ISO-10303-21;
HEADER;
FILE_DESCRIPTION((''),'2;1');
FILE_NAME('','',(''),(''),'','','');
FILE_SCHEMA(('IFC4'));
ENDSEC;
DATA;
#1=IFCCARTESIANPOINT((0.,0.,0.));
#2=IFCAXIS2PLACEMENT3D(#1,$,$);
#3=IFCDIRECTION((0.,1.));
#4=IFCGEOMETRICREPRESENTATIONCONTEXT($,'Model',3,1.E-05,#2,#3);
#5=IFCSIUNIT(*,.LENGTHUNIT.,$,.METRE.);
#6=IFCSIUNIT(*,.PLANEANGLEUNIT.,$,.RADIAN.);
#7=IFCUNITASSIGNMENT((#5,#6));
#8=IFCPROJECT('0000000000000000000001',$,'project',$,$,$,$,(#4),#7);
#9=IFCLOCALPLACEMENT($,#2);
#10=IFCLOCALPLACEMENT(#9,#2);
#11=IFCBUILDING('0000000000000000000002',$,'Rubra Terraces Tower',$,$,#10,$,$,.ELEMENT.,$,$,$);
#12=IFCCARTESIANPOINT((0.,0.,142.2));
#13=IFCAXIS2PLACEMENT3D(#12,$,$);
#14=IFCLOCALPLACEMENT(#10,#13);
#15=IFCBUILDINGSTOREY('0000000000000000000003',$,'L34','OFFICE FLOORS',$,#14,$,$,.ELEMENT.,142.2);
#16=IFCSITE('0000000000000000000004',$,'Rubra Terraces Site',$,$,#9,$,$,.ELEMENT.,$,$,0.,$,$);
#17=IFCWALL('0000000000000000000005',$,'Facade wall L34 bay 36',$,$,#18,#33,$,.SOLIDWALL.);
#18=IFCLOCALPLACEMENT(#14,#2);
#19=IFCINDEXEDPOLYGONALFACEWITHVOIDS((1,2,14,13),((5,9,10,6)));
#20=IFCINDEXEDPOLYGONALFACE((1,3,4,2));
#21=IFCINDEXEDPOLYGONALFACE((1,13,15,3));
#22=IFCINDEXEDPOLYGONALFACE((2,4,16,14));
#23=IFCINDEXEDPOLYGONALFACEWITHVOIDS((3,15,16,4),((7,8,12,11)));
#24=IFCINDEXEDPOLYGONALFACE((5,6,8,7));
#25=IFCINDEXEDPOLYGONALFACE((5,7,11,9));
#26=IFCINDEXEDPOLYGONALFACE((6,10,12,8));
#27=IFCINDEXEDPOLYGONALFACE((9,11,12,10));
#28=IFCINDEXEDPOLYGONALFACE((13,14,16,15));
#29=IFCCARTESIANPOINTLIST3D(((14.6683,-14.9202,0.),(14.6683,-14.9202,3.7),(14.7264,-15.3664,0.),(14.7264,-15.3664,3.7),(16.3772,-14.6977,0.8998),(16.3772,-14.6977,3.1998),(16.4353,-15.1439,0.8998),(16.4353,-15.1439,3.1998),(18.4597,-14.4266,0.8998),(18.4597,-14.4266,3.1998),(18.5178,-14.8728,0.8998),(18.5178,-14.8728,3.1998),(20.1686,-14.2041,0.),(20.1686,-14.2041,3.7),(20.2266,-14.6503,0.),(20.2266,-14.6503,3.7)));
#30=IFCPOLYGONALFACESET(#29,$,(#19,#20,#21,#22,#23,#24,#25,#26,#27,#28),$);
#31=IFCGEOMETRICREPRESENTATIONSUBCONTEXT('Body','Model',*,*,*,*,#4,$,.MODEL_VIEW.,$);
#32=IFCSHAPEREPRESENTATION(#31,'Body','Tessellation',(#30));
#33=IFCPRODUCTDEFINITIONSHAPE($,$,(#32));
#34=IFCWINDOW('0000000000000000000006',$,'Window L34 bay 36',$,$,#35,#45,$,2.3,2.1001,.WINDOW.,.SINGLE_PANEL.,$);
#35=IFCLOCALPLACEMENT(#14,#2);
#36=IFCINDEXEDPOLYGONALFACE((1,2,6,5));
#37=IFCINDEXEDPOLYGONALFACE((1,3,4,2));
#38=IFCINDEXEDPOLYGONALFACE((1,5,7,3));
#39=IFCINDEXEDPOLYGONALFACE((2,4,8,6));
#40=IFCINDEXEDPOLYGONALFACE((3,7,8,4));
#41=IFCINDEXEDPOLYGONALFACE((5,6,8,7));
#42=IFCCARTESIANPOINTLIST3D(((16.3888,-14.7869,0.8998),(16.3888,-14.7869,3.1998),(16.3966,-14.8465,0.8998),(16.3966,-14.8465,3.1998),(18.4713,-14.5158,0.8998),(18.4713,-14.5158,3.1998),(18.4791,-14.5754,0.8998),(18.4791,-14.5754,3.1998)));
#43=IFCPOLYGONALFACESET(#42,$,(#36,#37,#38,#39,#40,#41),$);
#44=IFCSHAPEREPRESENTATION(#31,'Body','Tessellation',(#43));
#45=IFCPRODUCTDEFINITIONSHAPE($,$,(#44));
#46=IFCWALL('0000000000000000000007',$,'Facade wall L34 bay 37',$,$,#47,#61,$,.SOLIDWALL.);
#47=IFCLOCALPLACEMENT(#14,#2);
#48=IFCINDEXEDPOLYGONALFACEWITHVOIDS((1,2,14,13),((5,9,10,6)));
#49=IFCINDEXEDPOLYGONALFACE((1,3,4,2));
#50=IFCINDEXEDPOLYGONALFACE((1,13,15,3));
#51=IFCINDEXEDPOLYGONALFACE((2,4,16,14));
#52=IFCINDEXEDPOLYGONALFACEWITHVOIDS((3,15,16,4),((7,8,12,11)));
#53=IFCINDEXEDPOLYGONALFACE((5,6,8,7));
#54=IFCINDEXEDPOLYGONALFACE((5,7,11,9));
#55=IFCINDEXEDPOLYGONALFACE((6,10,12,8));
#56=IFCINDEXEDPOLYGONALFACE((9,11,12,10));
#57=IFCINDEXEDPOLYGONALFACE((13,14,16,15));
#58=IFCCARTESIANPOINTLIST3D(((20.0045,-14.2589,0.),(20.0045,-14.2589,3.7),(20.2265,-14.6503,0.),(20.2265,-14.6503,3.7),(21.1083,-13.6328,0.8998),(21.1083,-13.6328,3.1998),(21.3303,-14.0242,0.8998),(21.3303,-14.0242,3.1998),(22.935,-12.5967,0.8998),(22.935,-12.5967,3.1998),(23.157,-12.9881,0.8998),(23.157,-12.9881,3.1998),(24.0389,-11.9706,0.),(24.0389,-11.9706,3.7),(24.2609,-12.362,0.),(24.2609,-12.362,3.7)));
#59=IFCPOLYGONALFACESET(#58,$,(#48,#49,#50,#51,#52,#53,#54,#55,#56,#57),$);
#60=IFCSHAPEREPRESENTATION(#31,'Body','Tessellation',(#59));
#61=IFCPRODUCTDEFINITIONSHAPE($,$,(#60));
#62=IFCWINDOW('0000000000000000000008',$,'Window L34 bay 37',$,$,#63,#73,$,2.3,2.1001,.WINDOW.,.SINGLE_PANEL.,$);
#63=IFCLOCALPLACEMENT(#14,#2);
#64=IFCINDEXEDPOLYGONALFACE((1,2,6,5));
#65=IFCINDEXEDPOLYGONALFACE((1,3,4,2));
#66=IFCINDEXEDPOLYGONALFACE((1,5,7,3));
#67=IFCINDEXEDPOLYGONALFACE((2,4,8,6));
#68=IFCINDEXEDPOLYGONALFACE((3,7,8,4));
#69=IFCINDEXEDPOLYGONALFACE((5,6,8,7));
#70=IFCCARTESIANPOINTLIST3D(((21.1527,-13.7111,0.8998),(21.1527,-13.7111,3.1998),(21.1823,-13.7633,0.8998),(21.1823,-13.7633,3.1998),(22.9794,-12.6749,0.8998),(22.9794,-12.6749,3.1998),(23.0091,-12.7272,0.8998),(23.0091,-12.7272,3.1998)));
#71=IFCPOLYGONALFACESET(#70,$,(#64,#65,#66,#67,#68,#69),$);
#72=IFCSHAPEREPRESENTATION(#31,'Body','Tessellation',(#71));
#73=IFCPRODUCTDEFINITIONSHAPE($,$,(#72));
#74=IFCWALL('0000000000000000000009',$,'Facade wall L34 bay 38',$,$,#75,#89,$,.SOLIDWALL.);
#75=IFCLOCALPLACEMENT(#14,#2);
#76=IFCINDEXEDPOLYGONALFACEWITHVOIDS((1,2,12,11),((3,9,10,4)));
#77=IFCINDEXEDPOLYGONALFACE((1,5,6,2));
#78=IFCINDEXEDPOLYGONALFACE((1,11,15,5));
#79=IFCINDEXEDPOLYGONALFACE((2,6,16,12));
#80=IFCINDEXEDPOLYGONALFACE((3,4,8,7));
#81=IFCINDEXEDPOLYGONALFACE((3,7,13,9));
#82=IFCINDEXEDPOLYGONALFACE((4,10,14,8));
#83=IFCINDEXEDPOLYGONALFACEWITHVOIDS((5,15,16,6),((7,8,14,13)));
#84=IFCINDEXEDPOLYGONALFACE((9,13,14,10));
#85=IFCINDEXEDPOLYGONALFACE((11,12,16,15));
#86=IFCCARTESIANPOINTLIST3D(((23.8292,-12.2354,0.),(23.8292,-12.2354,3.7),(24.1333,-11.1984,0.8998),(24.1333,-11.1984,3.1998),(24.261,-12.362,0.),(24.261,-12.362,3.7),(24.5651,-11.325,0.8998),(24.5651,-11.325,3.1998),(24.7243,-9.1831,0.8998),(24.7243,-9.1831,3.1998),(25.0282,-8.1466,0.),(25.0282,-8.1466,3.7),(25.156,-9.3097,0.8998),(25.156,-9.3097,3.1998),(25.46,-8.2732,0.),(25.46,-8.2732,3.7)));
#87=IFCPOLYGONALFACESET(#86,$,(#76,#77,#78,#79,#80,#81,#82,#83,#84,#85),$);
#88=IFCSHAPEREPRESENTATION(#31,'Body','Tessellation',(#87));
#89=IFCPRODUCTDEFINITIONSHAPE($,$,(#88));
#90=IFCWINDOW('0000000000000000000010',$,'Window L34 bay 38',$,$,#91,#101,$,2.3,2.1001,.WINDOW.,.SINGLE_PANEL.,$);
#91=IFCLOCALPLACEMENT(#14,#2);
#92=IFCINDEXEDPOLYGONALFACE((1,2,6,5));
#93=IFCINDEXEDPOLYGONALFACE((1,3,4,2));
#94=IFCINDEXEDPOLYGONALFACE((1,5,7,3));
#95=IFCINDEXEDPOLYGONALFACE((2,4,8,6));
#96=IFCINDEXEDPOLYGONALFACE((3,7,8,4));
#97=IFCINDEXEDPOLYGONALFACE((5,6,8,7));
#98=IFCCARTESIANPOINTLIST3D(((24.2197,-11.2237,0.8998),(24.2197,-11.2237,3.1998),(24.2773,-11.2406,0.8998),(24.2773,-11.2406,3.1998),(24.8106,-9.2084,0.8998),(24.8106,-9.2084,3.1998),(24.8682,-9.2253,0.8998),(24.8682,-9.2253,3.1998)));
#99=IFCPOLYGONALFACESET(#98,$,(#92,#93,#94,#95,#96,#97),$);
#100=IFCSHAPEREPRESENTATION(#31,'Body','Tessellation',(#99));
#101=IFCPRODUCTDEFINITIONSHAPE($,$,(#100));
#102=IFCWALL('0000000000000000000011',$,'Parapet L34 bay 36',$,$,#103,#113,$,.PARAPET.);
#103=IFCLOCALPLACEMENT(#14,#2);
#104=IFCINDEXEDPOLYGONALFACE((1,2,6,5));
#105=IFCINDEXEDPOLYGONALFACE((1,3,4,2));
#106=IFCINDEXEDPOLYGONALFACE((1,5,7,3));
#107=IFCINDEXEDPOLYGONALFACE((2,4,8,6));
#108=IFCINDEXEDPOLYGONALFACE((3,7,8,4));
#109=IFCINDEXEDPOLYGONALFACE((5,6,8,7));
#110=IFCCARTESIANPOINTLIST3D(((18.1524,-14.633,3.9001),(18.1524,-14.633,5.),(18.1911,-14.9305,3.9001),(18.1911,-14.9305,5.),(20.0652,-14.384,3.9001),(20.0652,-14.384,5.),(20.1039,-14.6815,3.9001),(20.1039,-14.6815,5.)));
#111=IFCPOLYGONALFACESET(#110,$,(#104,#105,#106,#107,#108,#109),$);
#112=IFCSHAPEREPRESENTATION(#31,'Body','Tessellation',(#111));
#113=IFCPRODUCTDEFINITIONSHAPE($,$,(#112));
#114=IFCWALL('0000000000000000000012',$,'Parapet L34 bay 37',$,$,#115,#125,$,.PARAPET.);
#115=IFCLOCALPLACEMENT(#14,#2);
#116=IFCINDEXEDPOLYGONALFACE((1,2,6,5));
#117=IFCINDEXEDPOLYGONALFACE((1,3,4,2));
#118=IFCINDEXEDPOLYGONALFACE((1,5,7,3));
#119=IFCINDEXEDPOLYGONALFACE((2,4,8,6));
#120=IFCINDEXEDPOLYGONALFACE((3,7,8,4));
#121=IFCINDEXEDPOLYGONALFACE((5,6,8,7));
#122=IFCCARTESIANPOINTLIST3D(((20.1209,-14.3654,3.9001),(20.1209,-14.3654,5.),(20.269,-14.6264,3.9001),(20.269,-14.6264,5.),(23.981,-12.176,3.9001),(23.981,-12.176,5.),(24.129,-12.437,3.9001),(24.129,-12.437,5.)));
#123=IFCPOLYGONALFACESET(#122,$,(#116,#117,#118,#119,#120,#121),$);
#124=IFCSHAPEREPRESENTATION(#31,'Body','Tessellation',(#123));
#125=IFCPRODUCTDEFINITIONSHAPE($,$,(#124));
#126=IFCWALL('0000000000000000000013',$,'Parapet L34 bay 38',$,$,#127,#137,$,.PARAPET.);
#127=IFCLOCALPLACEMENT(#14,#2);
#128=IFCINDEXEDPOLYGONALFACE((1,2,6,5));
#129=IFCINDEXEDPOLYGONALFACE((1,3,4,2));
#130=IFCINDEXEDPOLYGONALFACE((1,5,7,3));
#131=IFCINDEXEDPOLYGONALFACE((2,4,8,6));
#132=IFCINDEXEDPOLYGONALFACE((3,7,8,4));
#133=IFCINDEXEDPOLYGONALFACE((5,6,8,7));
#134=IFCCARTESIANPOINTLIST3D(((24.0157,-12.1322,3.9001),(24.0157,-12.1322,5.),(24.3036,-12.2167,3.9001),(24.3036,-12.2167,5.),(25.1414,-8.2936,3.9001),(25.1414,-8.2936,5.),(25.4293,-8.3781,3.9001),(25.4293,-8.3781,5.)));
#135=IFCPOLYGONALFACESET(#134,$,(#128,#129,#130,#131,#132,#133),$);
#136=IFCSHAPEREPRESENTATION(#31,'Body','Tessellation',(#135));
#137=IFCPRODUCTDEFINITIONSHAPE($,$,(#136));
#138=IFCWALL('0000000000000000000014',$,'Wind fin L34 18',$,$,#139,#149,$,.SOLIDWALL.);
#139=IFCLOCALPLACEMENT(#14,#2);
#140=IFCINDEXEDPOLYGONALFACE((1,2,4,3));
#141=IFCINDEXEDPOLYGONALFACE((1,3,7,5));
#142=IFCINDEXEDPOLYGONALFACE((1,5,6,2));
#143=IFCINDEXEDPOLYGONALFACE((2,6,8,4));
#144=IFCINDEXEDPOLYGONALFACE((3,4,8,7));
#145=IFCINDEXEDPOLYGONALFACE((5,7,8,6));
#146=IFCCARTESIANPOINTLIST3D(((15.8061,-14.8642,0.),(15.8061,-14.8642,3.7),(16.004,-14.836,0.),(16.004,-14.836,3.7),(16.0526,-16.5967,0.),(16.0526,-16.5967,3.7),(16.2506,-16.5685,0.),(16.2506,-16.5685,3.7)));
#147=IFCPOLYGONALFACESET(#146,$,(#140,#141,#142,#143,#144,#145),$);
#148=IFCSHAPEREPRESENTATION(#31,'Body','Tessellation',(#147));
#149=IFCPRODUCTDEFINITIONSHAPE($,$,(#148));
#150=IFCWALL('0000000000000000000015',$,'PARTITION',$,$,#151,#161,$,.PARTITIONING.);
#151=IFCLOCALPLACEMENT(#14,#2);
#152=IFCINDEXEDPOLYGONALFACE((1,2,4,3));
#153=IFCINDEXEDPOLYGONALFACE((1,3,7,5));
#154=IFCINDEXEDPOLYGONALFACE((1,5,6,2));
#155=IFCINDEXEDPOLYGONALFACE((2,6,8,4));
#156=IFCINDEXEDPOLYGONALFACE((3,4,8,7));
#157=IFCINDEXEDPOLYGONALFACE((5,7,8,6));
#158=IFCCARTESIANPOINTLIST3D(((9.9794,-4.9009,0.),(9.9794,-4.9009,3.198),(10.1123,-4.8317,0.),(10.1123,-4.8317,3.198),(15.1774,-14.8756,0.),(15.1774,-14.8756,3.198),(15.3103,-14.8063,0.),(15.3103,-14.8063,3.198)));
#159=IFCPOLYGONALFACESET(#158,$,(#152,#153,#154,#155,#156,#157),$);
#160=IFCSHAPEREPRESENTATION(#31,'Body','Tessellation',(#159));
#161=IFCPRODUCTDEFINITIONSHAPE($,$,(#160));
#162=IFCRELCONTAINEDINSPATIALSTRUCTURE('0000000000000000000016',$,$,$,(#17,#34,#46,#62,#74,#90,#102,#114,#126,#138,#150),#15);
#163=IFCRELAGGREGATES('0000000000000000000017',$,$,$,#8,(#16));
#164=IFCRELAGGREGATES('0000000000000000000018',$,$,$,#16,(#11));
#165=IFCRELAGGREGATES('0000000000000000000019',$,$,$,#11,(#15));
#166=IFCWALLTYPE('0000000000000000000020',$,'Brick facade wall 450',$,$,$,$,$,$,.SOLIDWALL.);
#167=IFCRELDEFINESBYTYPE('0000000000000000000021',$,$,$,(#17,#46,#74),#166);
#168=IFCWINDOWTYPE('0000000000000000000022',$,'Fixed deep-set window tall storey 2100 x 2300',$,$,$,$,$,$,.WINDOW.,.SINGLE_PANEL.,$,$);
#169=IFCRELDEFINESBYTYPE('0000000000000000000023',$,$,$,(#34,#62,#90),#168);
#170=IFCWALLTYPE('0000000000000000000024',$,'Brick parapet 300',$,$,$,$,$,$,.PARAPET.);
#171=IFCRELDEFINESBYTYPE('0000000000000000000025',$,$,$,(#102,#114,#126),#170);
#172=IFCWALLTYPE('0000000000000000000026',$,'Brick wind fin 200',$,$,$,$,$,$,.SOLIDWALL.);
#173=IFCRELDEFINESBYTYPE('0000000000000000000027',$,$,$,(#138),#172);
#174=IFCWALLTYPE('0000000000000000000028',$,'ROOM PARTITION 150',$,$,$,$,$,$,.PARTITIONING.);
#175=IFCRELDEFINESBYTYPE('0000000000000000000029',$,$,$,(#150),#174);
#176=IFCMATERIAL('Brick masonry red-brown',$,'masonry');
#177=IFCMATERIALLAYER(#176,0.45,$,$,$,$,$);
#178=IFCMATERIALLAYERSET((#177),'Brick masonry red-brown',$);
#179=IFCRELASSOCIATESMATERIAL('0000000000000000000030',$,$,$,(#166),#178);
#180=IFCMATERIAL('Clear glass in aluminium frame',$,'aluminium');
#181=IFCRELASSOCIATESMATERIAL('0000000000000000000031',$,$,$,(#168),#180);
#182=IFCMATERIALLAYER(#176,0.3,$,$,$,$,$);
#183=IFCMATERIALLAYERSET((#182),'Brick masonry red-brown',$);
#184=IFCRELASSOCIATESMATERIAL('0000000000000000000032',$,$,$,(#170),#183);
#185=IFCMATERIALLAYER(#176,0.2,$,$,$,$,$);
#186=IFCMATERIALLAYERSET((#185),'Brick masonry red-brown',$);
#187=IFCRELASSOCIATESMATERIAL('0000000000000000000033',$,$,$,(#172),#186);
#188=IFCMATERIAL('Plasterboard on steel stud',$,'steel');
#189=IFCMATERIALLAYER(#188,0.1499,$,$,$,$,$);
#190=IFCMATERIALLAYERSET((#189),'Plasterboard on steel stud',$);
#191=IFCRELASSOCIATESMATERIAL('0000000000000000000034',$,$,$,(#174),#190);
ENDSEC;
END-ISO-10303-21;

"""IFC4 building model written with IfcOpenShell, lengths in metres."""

from ifc_helpers import new_model, si_unit, direction, frame, frame_2d, origin, place, context, subcontext, project, spatial, rectangle, extrude, material, layer, layer_set, type_object, element, fill, save


model = new_model("IFC4")

# Units and contexts
model_context = context("Model", 3, precision=1e-05, world=origin(), true_north=direction((0.0, 1.0)))
body_context = subcontext(model_context, "Body", "Model", "MODEL_VIEW")
ifc_project = project(units=[si_unit("LENGTHUNIT", "METRE"), si_unit("PLANEANGLEUNIT", "RADIAN")], contexts=[model_context])

# Site, building, storey
site_placement = place(None, origin())
site = spatial("IfcSite", under=ifc_project, at=site_placement, Name="Rubra Terraces Site", CompositionType="ELEMENT", RefElevation=0.0)
building_placement = place(site_placement, origin())
building = spatial("IfcBuilding", under=site, at=building_placement, Name="Rubra Terraces Tower", CompositionType="ELEMENT")
storey_placement = place(building_placement, frame((0.0, 0.0, 142.2)))
storey = spatial("IfcBuildingStorey", under=building, at=storey_placement, Name="L34", Description="OFFICE FLOORS", CompositionType="ELEMENT", Elevation=142.2)

# Walls, openings, windows
ifc_material_1 = material(Name="Brick masonry red-brown", Category="masonry")
ifc_layer_1 = layer(ifc_material_1, 0.45)
ifc_layer_set_1 = layer_set([ifc_layer_1], Name="Brick masonry red-brown")
wall_type_1 = type_object("IfcWallType", Name="Brick facade wall 450", PredefinedType="SOLIDWALL", material=ifc_layer_set_1)
ifc_material_2 = material(Name="Clear glass in aluminium frame", Category="aluminium")
window_type = type_object("IfcWindowType", Name="Fixed deep-set window tall storey 2100 x 2300", PartitioningType="SINGLE_PANEL", PredefinedType="WINDOW", material=ifc_material_2)
wall_1_placement = place(storey_placement, frame((14.6973, -15.1433, 0.0), z_axis=(0.0, 0.0, 1.0), x_axis=(0.991632, 0.129098, 0.0)))
wall_1 = element("IfcWall", 1, at=wall_1_placement, inside=storey, type_object=wall_type_1, Name="Facade wall L34 bay 36", PredefinedType="SOLIDWALL", context=body_context, shape_type="SweptSolid", body=[
    extrude(rectangle(XDim=5.5466, YDim=0.45, at=frame_2d((2.7734, 0.0))), origin(), (0.0, 0.0, 1.0), 3.7),
])
opening_1_placement = place(wall_1_placement, frame((1.7234, 0.0, 0.8999)))
opening_1 = element("IfcOpeningElement", 2, at=opening_1_placement, cuts=wall_1, PredefinedType="OPENING", context=body_context, shape_type="SweptSolid", body=[
    extrude(rectangle(XDim=2.1001, YDim=2.3, at=frame_2d((1.05, 1.1499))), frame((0.0, 0.2349, 0.0), z_axis=(0.0, -1.0, 0.0), x_axis=(1.0, 0.0, 0.0)), (0.0, 0.0, 1.0), 0.47),
])
window_1_placement = place(opening_1_placement, origin())
window_1 = element("IfcWindow", 3, at=window_1_placement, inside=storey, type_object=window_type, Name="Window L34 bay 36", OverallHeight=2.3, OverallWidth=2.1001, PartitioningType="SINGLE_PANEL", PredefinedType="WINDOW", context=body_context, shape_type="SweptSolid", body=[
    extrude(rectangle(XDim=2.1001, YDim=2.3, at=frame_2d((1.05, 1.1499))), frame((0.0, 0.135, 0.0), z_axis=(0.0, -1.0, 0.0), x_axis=(1.0, 0.0, 0.0)), (0.0, 0.0, 1.0), 0.0601),
])
fill(opening_1, window_1)
wall_2_placement = place(storey_placement, frame((20.1155, -14.4546, 0.0), z_axis=(0.0, 0.0, 1.0), x_axis=(0.869823, 0.493364, 0.0)))
wall_2 = element("IfcWall", 4, at=wall_2_placement, inside=storey, type_object=wall_type_1, Name="Facade wall L34 bay 37", PredefinedType="SOLIDWALL", context=body_context, shape_type="SweptSolid", body=[
    extrude(rectangle(XDim=4.6382, YDim=0.45, at=frame_2d((2.3191, 0.0))), origin(), (0.0, 0.0, 1.0), 3.7),
])
opening_2_placement = place(wall_2_placement, frame((1.269, 0.0, 0.8999)))
opening_2 = element("IfcOpeningElement", 5, at=opening_2_placement, cuts=wall_2, PredefinedType="OPENING", context=body_context, shape_type="SweptSolid", body=[
    extrude(rectangle(XDim=2.1001, YDim=2.3, at=frame_2d((1.05, 1.1499))), frame((0.0, 0.2349, 0.0), z_axis=(0.0, -1.0, 0.0), x_axis=(1.0, 0.0, 0.0)), (0.0, 0.0, 1.0), 0.47),
])
window_2_placement = place(opening_2_placement, origin())
window_2 = element("IfcWindow", 6, at=window_2_placement, inside=storey, type_object=window_type, Name="Window L34 bay 37", OverallHeight=2.3, OverallWidth=2.1001, PartitioningType="SINGLE_PANEL", PredefinedType="WINDOW", context=body_context, shape_type="SweptSolid", body=[
    extrude(rectangle(XDim=2.1001, YDim=2.3, at=frame_2d((1.05, 1.1499))), frame((0.0, 0.135, 0.0), z_axis=(0.0, -1.0, 0.0), x_axis=(1.0, 0.0, 0.0)), (0.0, 0.0, 1.0), 0.0601),
])
fill(opening_2, window_2)
wall_3_placement = place(storey_placement, frame((24.0452, -12.2986, 0.0), z_axis=(0.0, 0.0, 1.0), x_axis=(0.281381, 0.959596, 0.0)))
wall_3 = element("IfcWall", 7, at=wall_3_placement, inside=storey, type_object=wall_type_1, Name="Facade wall L34 bay 38", PredefinedType="SOLIDWALL", context=body_context, shape_type="SweptSolid", body=[
    extrude(rectangle(XDim=4.261, YDim=0.45, at=frame_2d((2.1304, 0.0))), origin(), (0.0, 0.0, 1.0), 3.7),
])
opening_3_placement = place(wall_3_placement, frame((1.0806, 0.0, 0.8999)))
opening_3 = element("IfcOpeningElement", 8, at=opening_3_placement, cuts=wall_3, PredefinedType="OPENING", context=body_context, shape_type="SweptSolid", body=[
    extrude(rectangle(XDim=2.1001, YDim=2.3, at=frame_2d((1.05, 1.1499))), frame((0.0, 0.2349, 0.0), z_axis=(0.0, -1.0, 0.0), x_axis=(1.0, 0.0, 0.0)), (0.0, 0.0, 1.0), 0.47),
])
window_3_placement = place(opening_3_placement, origin())
window_3 = element("IfcWindow", 9, at=window_3_placement, inside=storey, type_object=window_type, Name="Window L34 bay 38", OverallHeight=2.3, OverallWidth=2.1001, PartitioningType="SINGLE_PANEL", PredefinedType="WINDOW", context=body_context, shape_type="SweptSolid", body=[
    extrude(rectangle(XDim=2.1001, YDim=2.3, at=frame_2d((1.05, 1.1499))), frame((0.0, 0.135, 0.0), z_axis=(0.0, -1.0, 0.0), x_axis=(1.0, 0.0, 0.0)), (0.0, 0.0, 1.0), 0.0601),
])
fill(opening_3, window_3)

# Walls
ifc_layer_2 = layer(ifc_material_1, 0.3)
ifc_layer_set_2 = layer_set([ifc_layer_2], Name="Brick masonry red-brown")
wall_type_2 = type_object("IfcWallType", Name="Brick parapet 300", PredefinedType="PARAPET", material=ifc_layer_set_2)
wall_4_placement = place(storey_placement, frame((18.1719, -14.7817, 3.9001), z_axis=(0.0, 0.0, 1.0), x_axis=(0.991632, 0.129096, 0.0)))
element("IfcWall", 10, at=wall_4_placement, inside=storey, type_object=wall_type_2, Name="Parapet L34 bay 36", PredefinedType="PARAPET", context=body_context, shape_type="SweptSolid", body=[
    extrude(rectangle(XDim=1.929, YDim=0.3, at=frame_2d((0.9644, 0.0))), origin(), (0.0, 0.0, 1.0), 1.0999),
])
wall_5_placement = place(storey_placement, frame((20.1951, -14.4958, 3.9001), z_axis=(0.0, 0.0, 1.0), x_axis=(0.869823, 0.493364, 0.0)))
element("IfcWall", 11, at=wall_5_placement, inside=storey, type_object=wall_type_2, Name="Parapet L34 bay 37", PredefinedType="PARAPET", context=body_context, shape_type="SweptSolid", body=[
    extrude(rectangle(XDim=4.4377, YDim=0.3, at=frame_2d((2.2188, 0.0))), origin(), (0.0, 0.0, 1.0), 1.0999),
])
wall_6_placement = place(storey_placement, frame((24.1597, -12.1743, 3.9001), z_axis=(0.0, 0.0, 1.0), x_axis=(0.281413, 0.959587, 0.0)))
element("IfcWall", 12, at=wall_6_placement, inside=storey, type_object=wall_type_2, Name="Parapet L34 bay 38", PredefinedType="PARAPET", context=body_context, shape_type="SweptSolid", body=[
    extrude(rectangle(XDim=4.0002, YDim=0.3, at=frame_2d((2.0, 0.0))), origin(), (0.0, 0.0, 1.0), 1.0999),
])
ifc_layer_3 = layer(ifc_material_1, 0.2)
ifc_layer_set_3 = layer_set([ifc_layer_3], Name="Brick masonry red-brown")
wall_type_3 = type_object("IfcWallType", Name="Brick wind fin 200", PredefinedType="SOLIDWALL", material=ifc_layer_set_3)
wall_7_placement = place(storey_placement, frame((15.905, -14.8501, 0.0), z_axis=(0.0, 0.0, 1.0), x_axis=(0.140913, -0.990022, 0.0)))
element("IfcWall", 13, at=wall_7_placement, inside=storey, type_object=wall_type_3, Name="Wind fin L34 18", PredefinedType="SOLIDWALL", context=body_context, shape_type="SweptSolid", body=[
    extrude(rectangle(XDim=1.75, YDim=0.2, at=frame_2d((0.875, 0.0))), origin(), (0.0, 0.0, 1.0), 3.7),
])
ifc_material_3 = material(Name="Plasterboard on steel stud", Category="steel")
ifc_layer_4 = layer(ifc_material_3, 0.1499)
ifc_layer_set_4 = layer_set([ifc_layer_4], Name="Plasterboard on steel stud")
wall_type_4 = type_object("IfcWallType", Name="ROOM PARTITION 150", PredefinedType="PARTITIONING", material=ifc_layer_set_4)
wall_8_placement = place(storey_placement, frame((15.2439, -14.8411, 0.0), z_axis=(0.0, 0.0, 1.0), x_axis=(-0.462136, 0.886809, 0.0)))
element("IfcWall", 14, at=wall_8_placement, inside=storey, type_object=wall_type_4, Name="PARTITION", PredefinedType="PARTITIONING", context=body_context, shape_type="SweptSolid", body=[
    extrude(rectangle(XDim=11.2478, YDim=0.1499, at=frame_2d((5.624, 0.0))), origin(), (0.0, 0.0, 1.0), 3.198),
])

save(model, "model.ifc")
